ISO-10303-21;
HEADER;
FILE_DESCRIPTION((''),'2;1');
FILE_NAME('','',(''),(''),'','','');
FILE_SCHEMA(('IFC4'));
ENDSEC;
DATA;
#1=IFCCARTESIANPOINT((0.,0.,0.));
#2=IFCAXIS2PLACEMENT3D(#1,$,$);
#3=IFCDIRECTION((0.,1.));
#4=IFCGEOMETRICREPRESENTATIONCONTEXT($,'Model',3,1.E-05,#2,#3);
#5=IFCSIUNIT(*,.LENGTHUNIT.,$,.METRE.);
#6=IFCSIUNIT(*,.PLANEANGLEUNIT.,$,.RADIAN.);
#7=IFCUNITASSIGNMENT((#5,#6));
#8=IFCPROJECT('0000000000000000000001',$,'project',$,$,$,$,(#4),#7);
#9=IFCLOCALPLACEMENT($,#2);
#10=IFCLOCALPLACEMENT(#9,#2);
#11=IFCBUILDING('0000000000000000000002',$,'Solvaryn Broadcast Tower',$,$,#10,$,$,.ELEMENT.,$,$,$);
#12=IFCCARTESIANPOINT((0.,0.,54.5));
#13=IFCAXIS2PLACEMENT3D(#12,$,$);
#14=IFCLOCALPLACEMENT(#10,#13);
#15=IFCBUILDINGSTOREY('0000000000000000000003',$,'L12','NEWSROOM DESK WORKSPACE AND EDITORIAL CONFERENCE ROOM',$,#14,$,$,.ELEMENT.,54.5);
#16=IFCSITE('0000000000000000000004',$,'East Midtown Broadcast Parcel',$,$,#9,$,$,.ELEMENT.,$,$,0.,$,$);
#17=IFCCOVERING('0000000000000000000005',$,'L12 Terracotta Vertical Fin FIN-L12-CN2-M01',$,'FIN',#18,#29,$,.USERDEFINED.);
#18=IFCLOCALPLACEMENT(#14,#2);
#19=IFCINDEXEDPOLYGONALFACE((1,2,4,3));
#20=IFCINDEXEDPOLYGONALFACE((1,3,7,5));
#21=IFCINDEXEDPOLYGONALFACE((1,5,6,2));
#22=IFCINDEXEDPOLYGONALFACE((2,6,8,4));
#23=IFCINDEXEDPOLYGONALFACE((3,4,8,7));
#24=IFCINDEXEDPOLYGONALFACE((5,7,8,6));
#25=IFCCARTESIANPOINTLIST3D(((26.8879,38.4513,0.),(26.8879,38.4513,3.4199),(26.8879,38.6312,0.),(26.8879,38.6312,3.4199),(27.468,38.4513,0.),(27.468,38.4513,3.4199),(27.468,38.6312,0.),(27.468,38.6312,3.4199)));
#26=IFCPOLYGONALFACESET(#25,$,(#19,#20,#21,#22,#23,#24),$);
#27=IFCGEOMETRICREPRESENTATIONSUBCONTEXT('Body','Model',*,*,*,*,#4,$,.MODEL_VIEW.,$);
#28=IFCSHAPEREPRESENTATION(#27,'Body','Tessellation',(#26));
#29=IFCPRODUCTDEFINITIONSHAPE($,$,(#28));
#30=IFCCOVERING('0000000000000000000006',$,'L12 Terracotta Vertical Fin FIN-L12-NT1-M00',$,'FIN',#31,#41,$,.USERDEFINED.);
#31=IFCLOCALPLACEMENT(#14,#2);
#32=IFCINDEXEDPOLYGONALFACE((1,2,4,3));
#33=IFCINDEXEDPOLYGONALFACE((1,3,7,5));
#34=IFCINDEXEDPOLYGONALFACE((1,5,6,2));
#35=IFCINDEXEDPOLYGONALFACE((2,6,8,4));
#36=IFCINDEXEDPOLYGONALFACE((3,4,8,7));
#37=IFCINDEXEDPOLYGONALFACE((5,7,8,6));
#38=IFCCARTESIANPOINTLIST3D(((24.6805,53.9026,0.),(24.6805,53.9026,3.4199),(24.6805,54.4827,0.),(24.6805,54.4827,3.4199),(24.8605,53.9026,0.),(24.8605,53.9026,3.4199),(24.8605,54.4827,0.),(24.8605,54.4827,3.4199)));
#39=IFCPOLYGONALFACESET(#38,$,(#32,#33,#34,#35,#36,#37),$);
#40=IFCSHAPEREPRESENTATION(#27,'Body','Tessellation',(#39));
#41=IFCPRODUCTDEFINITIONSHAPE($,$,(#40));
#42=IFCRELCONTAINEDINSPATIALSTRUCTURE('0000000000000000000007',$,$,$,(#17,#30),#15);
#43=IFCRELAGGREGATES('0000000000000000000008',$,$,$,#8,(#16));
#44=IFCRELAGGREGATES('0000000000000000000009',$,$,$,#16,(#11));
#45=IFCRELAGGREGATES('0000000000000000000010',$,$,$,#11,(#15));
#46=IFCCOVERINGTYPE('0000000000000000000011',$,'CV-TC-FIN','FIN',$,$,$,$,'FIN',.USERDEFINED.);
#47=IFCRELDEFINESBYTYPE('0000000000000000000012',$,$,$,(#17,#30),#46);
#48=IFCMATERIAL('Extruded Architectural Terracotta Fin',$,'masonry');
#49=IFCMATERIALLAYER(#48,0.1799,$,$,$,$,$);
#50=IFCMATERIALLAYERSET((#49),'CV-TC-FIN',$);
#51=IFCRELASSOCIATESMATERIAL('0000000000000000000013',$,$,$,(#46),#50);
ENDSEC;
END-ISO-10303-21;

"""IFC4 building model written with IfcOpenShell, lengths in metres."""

from ifc_helpers import new_model, si_unit, direction, frame, origin, origin_2d, place, context, subcontext, project, spatial, rectangle, extrude, material, layer, layer_set, type_object, element, save


model = new_model("IFC4")

# Units and contexts
model_context = context("Model", 3, precision=1e-05, world=origin(), true_north=direction((0.0, 1.0)))
body_context = subcontext(model_context, "Body", "Model", "MODEL_VIEW")
ifc_project = project(units=[si_unit("LENGTHUNIT", "METRE"), si_unit("PLANEANGLEUNIT", "RADIAN")], contexts=[model_context])

# Site, building, storey
site_placement = place(None, origin())
site = spatial("IfcSite", under=ifc_project, at=site_placement, Name="East Midtown Broadcast Parcel", CompositionType="ELEMENT", RefElevation=0.0)
building_placement = place(site_placement, origin())
building = spatial("IfcBuilding", under=site, at=building_placement, Name="Solvaryn Broadcast Tower", CompositionType="ELEMENT")
storey_placement = place(building_placement, frame((0.0, 0.0, 54.5)))
storey = spatial("IfcBuildingStorey", under=building, at=storey_placement, Name="L12", Description="NEWSROOM DESK WORKSPACE AND EDITORIAL CONFERENCE ROOM", CompositionType="ELEMENT", Elevation=54.5)

# Coverings
ifc_material_1 = material(Name="Extruded Architectural Terracotta Fin", Category="masonry")
ifc_layer_1 = layer(ifc_material_1, 0.1799)
ifc_layer_set_1 = layer_set([ifc_layer_1], Name="CV-TC-FIN")
covering_type = type_object("IfcCoveringType", Name="CV-TC-FIN", Description="FIN", ElementType="FIN", PredefinedType="USERDEFINED", material=ifc_layer_set_1)
for number, where, z_axis, x_axis, name in (
    (1, (27.178, 38.5413, 0.0), (0.0, 0.0, 1.0), (1.0, 0.0, 0.0), "L12 Terracotta Vertical Fin FIN-L12-CN2-M01"),
):
    element("IfcCovering", number, at=place(storey_placement, frame(where, z_axis=z_axis, x_axis=x_axis)), inside=storey, type_object=covering_type, Name=name, ObjectType="FIN", PredefinedType="USERDEFINED", context=body_context, shape_type="SweptSolid", body=[
        extrude(rectangle(XDim=0.5801, YDim=0.1799, at=origin_2d()), origin(), (0.0, 0.0, 1.0), 3.4199),
    ])
covering_1_placement = place(storey_placement, frame((24.7705, 54.1926, 0.0), z_axis=(0.0, 0.0, 1.0), x_axis=(1.0, 0.0, 0.0)))
element("IfcCovering", 2, at=covering_1_placement, inside=storey, type_object=covering_type, Name="L12 Terracotta Vertical Fin FIN-L12-NT1-M00", ObjectType="FIN", PredefinedType="USERDEFINED", context=body_context, shape_type="SweptSolid", body=[
    extrude(rectangle(XDim=0.1799, YDim=0.5801, at=origin_2d()), origin(), (0.0, 0.0, 1.0), 3.4199),
])

save(model, "model.ifc")
